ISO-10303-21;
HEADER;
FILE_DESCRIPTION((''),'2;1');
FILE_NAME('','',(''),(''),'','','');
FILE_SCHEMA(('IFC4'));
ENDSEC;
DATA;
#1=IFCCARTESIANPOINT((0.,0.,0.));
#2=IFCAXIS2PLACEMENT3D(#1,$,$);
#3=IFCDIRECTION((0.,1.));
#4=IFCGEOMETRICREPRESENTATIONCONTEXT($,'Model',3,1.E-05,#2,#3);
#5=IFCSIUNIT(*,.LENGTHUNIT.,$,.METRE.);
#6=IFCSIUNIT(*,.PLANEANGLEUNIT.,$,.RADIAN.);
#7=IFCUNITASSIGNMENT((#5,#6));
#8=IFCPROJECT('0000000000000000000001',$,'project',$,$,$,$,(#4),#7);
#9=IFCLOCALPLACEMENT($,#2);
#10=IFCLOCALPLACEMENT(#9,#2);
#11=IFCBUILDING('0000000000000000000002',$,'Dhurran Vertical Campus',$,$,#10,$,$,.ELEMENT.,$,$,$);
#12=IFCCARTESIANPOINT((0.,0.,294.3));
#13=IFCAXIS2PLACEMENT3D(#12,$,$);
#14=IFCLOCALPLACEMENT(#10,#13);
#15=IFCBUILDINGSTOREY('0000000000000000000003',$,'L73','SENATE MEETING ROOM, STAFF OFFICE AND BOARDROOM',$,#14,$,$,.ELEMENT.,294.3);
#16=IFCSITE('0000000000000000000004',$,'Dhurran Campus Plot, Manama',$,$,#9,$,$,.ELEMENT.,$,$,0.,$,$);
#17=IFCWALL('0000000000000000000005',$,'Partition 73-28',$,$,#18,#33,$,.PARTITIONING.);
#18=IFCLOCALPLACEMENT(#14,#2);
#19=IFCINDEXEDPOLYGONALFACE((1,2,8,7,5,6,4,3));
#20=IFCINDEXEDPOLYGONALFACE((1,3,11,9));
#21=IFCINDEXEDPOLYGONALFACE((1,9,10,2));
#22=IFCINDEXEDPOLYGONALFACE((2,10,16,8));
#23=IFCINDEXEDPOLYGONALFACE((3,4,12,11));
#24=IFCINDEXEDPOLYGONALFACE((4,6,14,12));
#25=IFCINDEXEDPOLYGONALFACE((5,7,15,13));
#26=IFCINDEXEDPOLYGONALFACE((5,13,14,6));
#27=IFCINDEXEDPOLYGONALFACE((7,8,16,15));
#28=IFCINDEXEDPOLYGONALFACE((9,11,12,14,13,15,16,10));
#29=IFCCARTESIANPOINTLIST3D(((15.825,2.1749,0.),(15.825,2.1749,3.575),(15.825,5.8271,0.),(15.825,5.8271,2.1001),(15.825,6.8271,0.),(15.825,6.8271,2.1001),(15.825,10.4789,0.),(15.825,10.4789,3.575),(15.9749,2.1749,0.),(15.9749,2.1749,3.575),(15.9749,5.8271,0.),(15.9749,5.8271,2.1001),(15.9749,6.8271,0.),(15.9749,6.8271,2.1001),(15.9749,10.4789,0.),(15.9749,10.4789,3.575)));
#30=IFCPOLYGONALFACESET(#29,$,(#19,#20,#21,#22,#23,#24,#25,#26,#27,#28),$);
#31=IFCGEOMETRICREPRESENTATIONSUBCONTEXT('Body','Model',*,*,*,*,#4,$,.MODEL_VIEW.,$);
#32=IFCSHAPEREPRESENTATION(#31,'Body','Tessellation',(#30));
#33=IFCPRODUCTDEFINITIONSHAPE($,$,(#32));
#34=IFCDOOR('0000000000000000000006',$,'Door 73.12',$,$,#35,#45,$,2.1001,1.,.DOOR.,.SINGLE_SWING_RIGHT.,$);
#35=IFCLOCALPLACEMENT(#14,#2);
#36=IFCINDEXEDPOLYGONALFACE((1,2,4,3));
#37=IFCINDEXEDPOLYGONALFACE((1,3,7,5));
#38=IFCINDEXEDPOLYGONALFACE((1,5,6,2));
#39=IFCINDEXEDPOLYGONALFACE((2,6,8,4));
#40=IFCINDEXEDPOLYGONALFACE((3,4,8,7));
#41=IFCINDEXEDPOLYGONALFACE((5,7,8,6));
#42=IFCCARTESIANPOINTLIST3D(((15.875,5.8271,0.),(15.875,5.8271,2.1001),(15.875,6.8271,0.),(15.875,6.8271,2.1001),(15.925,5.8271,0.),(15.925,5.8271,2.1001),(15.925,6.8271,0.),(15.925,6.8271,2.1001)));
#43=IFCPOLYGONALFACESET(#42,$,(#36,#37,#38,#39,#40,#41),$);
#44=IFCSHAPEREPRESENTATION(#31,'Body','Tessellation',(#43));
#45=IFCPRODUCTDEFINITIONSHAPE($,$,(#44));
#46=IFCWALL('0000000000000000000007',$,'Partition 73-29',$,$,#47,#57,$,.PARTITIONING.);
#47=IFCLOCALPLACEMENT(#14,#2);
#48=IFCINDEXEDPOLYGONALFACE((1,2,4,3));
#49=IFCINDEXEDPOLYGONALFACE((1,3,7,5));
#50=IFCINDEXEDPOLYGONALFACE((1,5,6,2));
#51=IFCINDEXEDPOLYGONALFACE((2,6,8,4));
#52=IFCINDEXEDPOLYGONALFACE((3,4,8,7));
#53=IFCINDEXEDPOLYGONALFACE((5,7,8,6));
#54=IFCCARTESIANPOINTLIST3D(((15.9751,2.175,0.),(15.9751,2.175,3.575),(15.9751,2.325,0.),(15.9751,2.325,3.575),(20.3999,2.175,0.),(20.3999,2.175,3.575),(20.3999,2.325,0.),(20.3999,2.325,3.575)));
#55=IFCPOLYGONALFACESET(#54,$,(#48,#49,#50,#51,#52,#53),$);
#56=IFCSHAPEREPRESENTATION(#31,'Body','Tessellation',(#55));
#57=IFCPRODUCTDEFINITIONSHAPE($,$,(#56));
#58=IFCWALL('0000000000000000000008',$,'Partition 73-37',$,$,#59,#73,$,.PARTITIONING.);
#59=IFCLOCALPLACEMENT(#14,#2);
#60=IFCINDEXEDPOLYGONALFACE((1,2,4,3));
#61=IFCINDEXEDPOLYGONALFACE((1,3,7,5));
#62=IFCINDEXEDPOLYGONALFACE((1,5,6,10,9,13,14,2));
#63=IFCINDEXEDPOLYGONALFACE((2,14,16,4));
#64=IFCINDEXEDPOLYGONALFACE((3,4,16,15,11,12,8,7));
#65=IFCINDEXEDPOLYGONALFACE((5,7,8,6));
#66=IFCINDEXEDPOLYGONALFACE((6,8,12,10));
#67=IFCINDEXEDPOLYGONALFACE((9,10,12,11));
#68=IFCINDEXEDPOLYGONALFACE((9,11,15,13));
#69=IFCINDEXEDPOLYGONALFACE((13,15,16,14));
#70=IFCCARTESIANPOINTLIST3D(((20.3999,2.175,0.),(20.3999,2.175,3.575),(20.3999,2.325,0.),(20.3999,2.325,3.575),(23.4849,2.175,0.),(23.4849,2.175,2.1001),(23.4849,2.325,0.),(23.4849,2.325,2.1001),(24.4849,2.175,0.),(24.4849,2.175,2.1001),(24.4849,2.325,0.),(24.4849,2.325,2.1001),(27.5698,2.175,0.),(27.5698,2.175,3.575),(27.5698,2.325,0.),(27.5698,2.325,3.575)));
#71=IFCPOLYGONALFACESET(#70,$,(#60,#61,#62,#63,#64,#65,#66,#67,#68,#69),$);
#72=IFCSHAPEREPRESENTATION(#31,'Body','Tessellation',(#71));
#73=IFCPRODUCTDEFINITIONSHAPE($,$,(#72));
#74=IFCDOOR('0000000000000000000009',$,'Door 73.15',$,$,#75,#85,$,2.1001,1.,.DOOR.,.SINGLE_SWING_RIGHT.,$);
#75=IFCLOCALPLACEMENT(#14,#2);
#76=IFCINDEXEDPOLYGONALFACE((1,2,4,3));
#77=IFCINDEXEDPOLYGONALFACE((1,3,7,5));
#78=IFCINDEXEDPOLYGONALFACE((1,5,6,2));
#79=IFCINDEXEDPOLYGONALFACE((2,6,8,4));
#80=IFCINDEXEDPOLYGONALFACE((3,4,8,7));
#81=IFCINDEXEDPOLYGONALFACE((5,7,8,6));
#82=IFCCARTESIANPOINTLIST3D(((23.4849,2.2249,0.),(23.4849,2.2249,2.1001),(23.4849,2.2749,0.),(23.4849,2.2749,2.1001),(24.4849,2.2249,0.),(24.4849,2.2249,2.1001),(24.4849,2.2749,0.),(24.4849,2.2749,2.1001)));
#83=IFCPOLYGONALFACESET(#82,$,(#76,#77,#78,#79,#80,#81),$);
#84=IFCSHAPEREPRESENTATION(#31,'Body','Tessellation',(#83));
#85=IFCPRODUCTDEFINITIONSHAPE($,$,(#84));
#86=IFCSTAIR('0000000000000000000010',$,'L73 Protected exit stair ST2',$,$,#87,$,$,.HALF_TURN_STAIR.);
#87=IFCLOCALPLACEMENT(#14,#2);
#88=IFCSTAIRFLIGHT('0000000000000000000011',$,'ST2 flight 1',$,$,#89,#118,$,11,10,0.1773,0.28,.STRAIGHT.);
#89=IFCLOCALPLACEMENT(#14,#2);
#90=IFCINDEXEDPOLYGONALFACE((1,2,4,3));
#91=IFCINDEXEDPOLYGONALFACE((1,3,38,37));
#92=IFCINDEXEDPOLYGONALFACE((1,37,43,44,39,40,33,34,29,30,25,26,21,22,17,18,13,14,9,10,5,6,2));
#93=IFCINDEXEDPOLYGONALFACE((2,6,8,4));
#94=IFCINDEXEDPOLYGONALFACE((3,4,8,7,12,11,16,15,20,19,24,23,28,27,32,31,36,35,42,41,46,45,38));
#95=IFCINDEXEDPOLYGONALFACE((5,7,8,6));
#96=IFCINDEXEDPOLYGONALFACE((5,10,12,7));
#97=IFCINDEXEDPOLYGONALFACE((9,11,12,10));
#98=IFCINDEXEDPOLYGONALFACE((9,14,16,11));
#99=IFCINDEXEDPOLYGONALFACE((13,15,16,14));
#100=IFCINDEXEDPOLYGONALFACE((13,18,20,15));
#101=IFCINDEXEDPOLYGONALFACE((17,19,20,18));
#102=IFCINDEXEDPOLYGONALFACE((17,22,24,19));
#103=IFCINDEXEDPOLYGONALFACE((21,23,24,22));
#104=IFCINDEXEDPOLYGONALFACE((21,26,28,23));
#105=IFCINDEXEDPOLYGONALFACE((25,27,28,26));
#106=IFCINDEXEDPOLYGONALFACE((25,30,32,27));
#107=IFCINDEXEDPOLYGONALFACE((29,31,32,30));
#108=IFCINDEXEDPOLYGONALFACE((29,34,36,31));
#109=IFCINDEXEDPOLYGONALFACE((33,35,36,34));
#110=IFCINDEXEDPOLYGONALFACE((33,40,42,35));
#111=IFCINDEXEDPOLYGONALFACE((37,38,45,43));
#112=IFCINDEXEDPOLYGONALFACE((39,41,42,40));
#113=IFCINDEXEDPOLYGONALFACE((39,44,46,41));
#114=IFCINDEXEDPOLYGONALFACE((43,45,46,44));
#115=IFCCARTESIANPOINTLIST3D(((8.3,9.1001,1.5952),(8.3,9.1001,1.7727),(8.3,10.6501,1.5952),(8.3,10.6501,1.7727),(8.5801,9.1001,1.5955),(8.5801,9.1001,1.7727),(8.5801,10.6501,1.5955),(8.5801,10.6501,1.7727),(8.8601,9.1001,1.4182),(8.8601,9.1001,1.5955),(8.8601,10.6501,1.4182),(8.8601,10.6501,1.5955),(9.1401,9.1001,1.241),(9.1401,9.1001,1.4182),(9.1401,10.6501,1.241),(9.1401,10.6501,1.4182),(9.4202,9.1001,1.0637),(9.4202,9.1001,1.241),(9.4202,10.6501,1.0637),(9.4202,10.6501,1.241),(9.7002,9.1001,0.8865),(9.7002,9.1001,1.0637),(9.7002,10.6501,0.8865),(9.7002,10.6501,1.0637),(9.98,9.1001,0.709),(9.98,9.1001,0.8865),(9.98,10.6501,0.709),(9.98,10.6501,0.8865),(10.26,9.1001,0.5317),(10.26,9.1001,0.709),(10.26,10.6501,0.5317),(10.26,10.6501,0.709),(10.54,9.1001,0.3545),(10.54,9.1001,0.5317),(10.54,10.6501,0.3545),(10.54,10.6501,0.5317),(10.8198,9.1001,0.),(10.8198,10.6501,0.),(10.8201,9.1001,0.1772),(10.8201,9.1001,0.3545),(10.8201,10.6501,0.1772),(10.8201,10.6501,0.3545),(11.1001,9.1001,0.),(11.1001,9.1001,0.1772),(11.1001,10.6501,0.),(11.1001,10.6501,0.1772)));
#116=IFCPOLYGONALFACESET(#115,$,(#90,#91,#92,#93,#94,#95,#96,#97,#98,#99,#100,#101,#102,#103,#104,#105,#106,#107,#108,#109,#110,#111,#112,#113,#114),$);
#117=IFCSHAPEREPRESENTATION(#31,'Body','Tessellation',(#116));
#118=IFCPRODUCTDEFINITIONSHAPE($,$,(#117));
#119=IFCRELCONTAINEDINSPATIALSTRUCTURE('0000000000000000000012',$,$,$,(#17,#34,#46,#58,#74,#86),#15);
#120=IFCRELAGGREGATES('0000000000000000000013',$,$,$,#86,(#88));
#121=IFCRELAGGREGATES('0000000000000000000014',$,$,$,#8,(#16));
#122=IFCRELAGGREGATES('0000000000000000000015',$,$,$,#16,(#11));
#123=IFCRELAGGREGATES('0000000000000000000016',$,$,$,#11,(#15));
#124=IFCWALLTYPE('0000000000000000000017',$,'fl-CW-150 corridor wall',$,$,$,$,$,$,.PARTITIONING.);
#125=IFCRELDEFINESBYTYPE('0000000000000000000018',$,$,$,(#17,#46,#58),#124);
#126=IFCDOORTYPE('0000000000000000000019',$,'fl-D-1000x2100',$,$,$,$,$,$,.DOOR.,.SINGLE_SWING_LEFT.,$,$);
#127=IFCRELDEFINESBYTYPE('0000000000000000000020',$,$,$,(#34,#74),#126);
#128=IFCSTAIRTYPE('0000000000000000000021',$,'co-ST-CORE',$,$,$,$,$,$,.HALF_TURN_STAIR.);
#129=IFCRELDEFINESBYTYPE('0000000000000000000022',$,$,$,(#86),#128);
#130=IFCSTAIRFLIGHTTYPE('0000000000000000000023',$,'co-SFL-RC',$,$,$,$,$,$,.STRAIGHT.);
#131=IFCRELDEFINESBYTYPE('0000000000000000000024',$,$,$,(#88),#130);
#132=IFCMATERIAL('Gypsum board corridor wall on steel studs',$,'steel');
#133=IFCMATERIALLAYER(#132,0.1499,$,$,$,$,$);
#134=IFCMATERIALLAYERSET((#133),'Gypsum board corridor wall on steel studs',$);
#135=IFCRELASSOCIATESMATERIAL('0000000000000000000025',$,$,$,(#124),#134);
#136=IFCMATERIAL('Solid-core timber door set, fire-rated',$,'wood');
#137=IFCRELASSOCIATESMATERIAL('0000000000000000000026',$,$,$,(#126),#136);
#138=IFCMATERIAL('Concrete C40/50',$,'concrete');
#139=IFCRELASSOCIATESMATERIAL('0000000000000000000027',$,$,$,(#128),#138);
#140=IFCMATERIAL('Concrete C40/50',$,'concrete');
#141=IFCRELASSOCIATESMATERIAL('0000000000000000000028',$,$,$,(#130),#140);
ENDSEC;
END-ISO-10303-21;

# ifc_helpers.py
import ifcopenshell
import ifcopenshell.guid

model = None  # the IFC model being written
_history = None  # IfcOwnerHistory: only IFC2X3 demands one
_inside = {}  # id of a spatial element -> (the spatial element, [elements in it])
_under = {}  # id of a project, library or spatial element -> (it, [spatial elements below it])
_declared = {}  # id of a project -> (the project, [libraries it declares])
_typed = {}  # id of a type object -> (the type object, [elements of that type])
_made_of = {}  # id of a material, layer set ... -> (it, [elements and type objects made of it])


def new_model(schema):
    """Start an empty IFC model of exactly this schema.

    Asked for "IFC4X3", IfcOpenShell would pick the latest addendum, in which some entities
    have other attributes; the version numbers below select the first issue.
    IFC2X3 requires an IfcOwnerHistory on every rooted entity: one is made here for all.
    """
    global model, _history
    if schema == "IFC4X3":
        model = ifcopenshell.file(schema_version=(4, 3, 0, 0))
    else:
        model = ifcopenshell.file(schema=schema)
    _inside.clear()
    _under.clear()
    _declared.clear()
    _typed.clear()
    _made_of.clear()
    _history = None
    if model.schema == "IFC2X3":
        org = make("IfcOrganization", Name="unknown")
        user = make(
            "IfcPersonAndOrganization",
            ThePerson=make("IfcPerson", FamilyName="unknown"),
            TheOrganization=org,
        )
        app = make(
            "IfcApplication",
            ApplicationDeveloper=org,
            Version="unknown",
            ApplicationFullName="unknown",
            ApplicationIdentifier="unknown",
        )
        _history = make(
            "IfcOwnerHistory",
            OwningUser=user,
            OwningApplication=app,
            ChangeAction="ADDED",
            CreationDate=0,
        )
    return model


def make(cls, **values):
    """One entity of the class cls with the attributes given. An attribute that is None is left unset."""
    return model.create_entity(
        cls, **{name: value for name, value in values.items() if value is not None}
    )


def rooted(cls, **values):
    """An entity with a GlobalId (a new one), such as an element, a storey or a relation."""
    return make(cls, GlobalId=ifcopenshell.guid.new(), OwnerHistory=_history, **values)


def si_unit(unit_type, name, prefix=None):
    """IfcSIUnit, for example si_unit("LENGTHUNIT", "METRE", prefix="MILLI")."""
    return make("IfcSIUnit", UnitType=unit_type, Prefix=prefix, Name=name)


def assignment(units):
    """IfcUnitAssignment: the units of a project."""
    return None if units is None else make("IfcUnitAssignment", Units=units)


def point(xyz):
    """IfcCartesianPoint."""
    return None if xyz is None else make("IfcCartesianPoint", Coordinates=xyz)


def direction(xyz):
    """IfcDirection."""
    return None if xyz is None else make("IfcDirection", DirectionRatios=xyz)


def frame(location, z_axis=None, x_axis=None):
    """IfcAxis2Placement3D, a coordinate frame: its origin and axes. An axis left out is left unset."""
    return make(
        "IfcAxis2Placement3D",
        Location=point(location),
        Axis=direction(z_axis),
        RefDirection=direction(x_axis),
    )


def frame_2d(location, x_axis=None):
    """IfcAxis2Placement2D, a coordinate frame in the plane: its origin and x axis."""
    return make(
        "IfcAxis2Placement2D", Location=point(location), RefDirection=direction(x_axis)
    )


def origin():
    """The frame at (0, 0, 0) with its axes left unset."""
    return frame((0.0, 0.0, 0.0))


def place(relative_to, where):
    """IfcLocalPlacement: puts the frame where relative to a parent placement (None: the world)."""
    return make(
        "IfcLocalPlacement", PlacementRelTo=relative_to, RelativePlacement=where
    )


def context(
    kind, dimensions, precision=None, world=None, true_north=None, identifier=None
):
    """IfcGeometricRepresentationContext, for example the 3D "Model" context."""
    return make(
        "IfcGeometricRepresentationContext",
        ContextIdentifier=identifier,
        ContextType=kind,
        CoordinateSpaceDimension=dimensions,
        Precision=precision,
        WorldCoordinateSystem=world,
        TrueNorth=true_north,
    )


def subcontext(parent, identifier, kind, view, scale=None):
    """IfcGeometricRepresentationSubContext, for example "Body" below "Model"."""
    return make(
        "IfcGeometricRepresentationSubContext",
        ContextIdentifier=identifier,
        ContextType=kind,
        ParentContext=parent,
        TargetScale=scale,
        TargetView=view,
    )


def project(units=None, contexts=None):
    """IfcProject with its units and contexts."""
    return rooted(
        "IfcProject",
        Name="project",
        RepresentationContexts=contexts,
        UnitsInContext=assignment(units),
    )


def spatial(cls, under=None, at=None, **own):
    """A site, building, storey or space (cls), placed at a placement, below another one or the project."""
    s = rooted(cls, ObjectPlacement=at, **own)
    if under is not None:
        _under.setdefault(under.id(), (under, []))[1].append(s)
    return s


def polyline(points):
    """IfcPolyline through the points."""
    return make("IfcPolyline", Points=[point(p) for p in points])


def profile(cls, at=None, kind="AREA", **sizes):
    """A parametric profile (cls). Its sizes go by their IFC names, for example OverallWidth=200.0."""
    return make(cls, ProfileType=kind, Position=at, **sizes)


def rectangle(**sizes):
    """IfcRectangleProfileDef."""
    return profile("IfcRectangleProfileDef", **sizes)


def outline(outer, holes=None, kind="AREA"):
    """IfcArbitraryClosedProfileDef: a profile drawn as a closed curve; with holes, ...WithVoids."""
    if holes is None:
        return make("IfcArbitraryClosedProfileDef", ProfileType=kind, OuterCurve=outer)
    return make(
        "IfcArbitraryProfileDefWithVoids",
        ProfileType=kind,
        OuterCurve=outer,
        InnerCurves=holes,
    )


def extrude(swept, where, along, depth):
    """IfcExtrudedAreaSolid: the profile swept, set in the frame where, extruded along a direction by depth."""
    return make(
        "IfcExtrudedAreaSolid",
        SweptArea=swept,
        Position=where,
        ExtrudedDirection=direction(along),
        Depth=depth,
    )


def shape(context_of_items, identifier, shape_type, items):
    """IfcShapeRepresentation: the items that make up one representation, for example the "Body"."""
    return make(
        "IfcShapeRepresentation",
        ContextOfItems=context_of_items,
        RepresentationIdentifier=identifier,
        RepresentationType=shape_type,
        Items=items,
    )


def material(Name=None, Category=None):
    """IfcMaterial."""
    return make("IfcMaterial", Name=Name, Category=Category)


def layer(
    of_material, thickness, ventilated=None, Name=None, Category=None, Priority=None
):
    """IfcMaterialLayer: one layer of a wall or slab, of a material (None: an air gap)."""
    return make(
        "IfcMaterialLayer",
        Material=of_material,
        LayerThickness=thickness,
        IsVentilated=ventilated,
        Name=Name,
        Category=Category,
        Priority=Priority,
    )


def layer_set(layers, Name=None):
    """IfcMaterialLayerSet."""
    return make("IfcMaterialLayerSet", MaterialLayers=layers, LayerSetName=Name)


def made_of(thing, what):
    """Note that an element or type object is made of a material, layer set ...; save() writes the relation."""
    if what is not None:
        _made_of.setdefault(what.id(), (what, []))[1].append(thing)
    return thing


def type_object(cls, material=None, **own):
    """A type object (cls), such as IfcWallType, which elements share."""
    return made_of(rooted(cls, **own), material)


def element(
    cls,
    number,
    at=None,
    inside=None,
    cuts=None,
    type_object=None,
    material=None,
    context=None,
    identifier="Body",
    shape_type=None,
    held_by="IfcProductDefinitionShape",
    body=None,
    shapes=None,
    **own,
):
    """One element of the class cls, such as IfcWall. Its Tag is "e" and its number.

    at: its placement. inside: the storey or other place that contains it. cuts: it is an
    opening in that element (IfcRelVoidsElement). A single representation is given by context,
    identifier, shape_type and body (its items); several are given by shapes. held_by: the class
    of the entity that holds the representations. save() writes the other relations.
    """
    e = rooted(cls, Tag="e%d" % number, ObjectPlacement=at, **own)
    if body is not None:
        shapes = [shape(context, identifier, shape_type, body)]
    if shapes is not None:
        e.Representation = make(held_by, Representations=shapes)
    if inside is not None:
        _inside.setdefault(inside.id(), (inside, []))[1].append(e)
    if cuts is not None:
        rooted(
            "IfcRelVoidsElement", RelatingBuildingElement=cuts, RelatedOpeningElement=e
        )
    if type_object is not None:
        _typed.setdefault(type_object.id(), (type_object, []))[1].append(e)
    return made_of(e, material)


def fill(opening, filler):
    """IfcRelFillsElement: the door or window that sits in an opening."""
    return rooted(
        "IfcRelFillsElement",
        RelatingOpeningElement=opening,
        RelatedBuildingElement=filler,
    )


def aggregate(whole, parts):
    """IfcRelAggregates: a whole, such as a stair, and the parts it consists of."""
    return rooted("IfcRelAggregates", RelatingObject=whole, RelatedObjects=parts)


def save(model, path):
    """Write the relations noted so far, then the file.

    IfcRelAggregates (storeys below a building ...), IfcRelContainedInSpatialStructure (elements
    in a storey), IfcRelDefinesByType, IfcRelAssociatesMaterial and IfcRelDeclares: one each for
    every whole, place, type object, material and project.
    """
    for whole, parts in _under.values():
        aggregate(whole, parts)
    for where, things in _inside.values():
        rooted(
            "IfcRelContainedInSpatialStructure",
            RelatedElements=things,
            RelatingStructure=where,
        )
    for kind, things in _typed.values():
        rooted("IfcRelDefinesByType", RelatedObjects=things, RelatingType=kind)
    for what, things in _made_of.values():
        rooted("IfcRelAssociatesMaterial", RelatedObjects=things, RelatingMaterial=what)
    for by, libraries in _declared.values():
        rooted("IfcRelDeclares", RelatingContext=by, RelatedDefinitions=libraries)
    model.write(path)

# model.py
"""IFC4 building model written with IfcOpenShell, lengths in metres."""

from ifc_helpers import new_model, si_unit, direction, frame, frame_2d, origin, place, context, subcontext, project, spatial, polyline, rectangle, outline, extrude, material, layer, layer_set, type_object, element, fill, aggregate, save


model = new_model("IFC4")

# Units and contexts
model_context = context("Model", 3, precision=1e-05, world=origin(), true_north=direction((0.0, 1.0)))
body_context = subcontext(model_context, "Body", "Model", "MODEL_VIEW")
ifc_project = project(units=[si_unit("LENGTHUNIT", "METRE"), si_unit("PLANEANGLEUNIT", "RADIAN")], contexts=[model_context])

# Site, building, storey
site_placement = place(None, origin())
site = spatial("IfcSite", under=ifc_project, at=site_placement, Name="Dhurran Campus Plot, Manama", CompositionType="ELEMENT", RefElevation=0.0)
building_placement = place(site_placement, origin())
building = spatial("IfcBuilding", under=site, at=building_placement, Name="Dhurran Vertical Campus", CompositionType="ELEMENT")
storey_placement = place(building_placement, frame((0.0, 0.0, 294.3)))
storey = spatial("IfcBuildingStorey", under=building, at=storey_placement, Name="L73", Description="SENATE MEETING ROOM, STAFF OFFICE AND BOARDROOM", CompositionType="ELEMENT", Elevation=294.3)

# Wall, opening, door
ifc_material_1 = material(Name="Gypsum board corridor wall on steel studs", Category="steel")
ifc_layer_1 = layer(ifc_material_1, 0.1499)
ifc_layer_set_1 = layer_set([ifc_layer_1], Name="Gypsum board corridor wall on steel studs")
wall_type_1 = type_object("IfcWallType", Name="fl-CW-150 corridor wall", PredefinedType="PARTITIONING", material=ifc_layer_set_1)
wall_1_placement = place(storey_placement, frame((15.8999, 2.175, 0.0), z_axis=(0.0, 0.0, 1.0), x_axis=(0.0, 1.0, 0.0)))
wall_1 = element("IfcWall", 1, at=wall_1_placement, inside=storey, type_object=wall_type_1, Name="Partition 73-28", PredefinedType="PARTITIONING", context=body_context, shape_type="SweptSolid", body=[
    extrude(rectangle(XDim=8.304, YDim=0.1499, at=frame_2d((4.1519, 0.0))), origin(), (0.0, 0.0, 1.0), 3.575),
])
opening_1_placement = place(wall_1_placement, frame((3.6521, 0.0, 0.0)))
opening_1 = element("IfcOpeningElement", 2, at=opening_1_placement, cuts=wall_1, PredefinedType="OPENING", context=body_context, shape_type="SweptSolid", body=[
    extrude(rectangle(XDim=1.0, YDim=2.1001, at=frame_2d((0.5, 1.05))), frame((0.0, 0.085, 0.0), z_axis=(0.0, -1.0, 0.0), x_axis=(1.0, 0.0, 0.0)), (0.0, 0.0, 1.0), 0.1699),
])
ifc_material_2 = material(Name="Solid-core timber door set, fire-rated", Category="wood")
door_type = type_object("IfcDoorType", Name="fl-D-1000x2100", OperationType="SINGLE_SWING_LEFT", PredefinedType="DOOR", material=ifc_material_2)
door_1_placement = place(opening_1_placement, origin())
door_1 = element("IfcDoor", 3, at=door_1_placement, inside=storey, type_object=door_type, Name="Door 73.12", OperationType="SINGLE_SWING_RIGHT", OverallHeight=2.1001, OverallWidth=1.0, PredefinedType="DOOR", context=body_context, shape_type="SweptSolid", body=[
    extrude(rectangle(XDim=1.0, YDim=2.1001, at=frame_2d((0.5, 1.05))), frame((0.0, 0.0249, 0.0), z_axis=(0.0, -1.0, 0.0), x_axis=(1.0, 0.0, 0.0)), (0.0, 0.0, 1.0), 0.05),
])
fill(opening_1, door_1)

# Wall
wall_2_placement = place(storey_placement, frame((15.9751, 2.25, 0.0), z_axis=(0.0, 0.0, 1.0), x_axis=(1.0, 0.0, 0.0)))
element("IfcWall", 4, at=wall_2_placement, inside=storey, type_object=wall_type_1, Name="Partition 73-29", PredefinedType="PARTITIONING", context=body_context, shape_type="SweptSolid", body=[
    extrude(rectangle(XDim=4.4248, YDim=0.1499, at=frame_2d((2.2124, 0.0))), origin(), (0.0, 0.0, 1.0), 3.575),
])

# Wall, opening, door
wall_3_placement = place(storey_placement, frame((20.3999, 2.25, 0.0), z_axis=(0.0, 0.0, 1.0), x_axis=(1.0, 0.0, 0.0)))
wall_3 = element("IfcWall", 5, at=wall_3_placement, inside=storey, type_object=wall_type_1, Name="Partition 73-37", PredefinedType="PARTITIONING", context=body_context, shape_type="SweptSolid", body=[
    extrude(rectangle(XDim=7.1699, YDim=0.1499, at=frame_2d((3.585, 0.0))), origin(), (0.0, 0.0, 1.0), 3.575),
])
opening_2_placement = place(wall_3_placement, frame((3.085, 0.0, 0.0)))
opening_2 = element("IfcOpeningElement", 6, at=opening_2_placement, cuts=wall_3, PredefinedType="OPENING", context=body_context, shape_type="SweptSolid", body=[
    extrude(rectangle(XDim=1.0, YDim=2.1001, at=frame_2d((0.5, 1.05))), frame((0.0, 0.085, 0.0), z_axis=(0.0, -1.0, 0.0), x_axis=(1.0, 0.0, 0.0)), (0.0, 0.0, 1.0), 0.1699),
])
door_2_placement = place(opening_2_placement, origin())
door_2 = element("IfcDoor", 7, at=door_2_placement, inside=storey, type_object=door_type, Name="Door 73.15", OperationType="SINGLE_SWING_RIGHT", OverallHeight=2.1001, OverallWidth=1.0, PredefinedType="DOOR", context=body_context, shape_type="SweptSolid", body=[
    extrude(rectangle(XDim=1.0, YDim=2.1001, at=frame_2d((0.5, 1.05))), frame((0.0, 0.0249, 0.0), z_axis=(0.0, -1.0, 0.0), x_axis=(1.0, 0.0, 0.0)), (0.0, 0.0, 1.0), 0.05),
])
fill(opening_2, door_2)

# Stair, stair flight
ifc_material_3 = material(Name="Concrete C40/50", Category="concrete")
stair_type = type_object("IfcStairType", Name="co-ST-CORE", PredefinedType="HALF_TURN_STAIR", material=ifc_material_3)
stair_placement = place(storey_placement, origin())
stair = element("IfcStair", 8, at=stair_placement, inside=storey, type_object=stair_type, Name="L73 Protected exit stair ST2", PredefinedType="HALF_TURN_STAIR")
ifc_material_4 = material(Name="Concrete C40/50", Category="concrete")
stair_flight_type = type_object("IfcStairFlightType", Name="co-SFL-RC", PredefinedType="STRAIGHT", material=ifc_material_4)
stair_flight_placement = place(storey_placement, frame((11.1001, 9.875, 0.0), z_axis=(0.0, 0.0, 1.0), x_axis=(-1.0, 0.0, 0.0)))
stair_flight = element("IfcStairFlight", 9, at=stair_flight_placement, type_object=stair_flight_type, Name="ST2 flight 1", NumberOfRisers=11, NumberOfTreads=10, PredefinedType="STRAIGHT", RiserHeight=0.1773, TreadLength=0.28, context=body_context, shape_type="SweptSolid", body=[
    extrude(outline(polyline([(0.0, 0.0), (0.0, 0.1772), (0.28, 0.1772), (0.28, 0.3545), (0.5601, 0.3545), (0.5601, 0.5317), (0.8401, 0.5317), (0.8401, 0.709), (1.1201, 0.709), (1.1201, 0.8865), (1.3999, 0.8865), (1.3999, 1.0637), (1.6799, 1.0637), (1.6799, 1.241), (1.96, 1.241), (1.96, 1.4182), (2.24, 1.4182), (2.24, 1.5955), (2.52, 1.5955), (2.52, 1.7727), (2.8, 1.7727), (2.8, 1.95), (2.8, 1.5952), (0.2803, 0.0), (0.0, 0.0)])), frame((0.0, 0.7749, 0.0), z_axis=(0.0, -1.0, 0.0), x_axis=(1.0, 0.0, 0.0)), (0.0, 0.0, 1.0), 1.55),
])
aggregate(stair, [stair_flight])

save(model, "model.ifc")
